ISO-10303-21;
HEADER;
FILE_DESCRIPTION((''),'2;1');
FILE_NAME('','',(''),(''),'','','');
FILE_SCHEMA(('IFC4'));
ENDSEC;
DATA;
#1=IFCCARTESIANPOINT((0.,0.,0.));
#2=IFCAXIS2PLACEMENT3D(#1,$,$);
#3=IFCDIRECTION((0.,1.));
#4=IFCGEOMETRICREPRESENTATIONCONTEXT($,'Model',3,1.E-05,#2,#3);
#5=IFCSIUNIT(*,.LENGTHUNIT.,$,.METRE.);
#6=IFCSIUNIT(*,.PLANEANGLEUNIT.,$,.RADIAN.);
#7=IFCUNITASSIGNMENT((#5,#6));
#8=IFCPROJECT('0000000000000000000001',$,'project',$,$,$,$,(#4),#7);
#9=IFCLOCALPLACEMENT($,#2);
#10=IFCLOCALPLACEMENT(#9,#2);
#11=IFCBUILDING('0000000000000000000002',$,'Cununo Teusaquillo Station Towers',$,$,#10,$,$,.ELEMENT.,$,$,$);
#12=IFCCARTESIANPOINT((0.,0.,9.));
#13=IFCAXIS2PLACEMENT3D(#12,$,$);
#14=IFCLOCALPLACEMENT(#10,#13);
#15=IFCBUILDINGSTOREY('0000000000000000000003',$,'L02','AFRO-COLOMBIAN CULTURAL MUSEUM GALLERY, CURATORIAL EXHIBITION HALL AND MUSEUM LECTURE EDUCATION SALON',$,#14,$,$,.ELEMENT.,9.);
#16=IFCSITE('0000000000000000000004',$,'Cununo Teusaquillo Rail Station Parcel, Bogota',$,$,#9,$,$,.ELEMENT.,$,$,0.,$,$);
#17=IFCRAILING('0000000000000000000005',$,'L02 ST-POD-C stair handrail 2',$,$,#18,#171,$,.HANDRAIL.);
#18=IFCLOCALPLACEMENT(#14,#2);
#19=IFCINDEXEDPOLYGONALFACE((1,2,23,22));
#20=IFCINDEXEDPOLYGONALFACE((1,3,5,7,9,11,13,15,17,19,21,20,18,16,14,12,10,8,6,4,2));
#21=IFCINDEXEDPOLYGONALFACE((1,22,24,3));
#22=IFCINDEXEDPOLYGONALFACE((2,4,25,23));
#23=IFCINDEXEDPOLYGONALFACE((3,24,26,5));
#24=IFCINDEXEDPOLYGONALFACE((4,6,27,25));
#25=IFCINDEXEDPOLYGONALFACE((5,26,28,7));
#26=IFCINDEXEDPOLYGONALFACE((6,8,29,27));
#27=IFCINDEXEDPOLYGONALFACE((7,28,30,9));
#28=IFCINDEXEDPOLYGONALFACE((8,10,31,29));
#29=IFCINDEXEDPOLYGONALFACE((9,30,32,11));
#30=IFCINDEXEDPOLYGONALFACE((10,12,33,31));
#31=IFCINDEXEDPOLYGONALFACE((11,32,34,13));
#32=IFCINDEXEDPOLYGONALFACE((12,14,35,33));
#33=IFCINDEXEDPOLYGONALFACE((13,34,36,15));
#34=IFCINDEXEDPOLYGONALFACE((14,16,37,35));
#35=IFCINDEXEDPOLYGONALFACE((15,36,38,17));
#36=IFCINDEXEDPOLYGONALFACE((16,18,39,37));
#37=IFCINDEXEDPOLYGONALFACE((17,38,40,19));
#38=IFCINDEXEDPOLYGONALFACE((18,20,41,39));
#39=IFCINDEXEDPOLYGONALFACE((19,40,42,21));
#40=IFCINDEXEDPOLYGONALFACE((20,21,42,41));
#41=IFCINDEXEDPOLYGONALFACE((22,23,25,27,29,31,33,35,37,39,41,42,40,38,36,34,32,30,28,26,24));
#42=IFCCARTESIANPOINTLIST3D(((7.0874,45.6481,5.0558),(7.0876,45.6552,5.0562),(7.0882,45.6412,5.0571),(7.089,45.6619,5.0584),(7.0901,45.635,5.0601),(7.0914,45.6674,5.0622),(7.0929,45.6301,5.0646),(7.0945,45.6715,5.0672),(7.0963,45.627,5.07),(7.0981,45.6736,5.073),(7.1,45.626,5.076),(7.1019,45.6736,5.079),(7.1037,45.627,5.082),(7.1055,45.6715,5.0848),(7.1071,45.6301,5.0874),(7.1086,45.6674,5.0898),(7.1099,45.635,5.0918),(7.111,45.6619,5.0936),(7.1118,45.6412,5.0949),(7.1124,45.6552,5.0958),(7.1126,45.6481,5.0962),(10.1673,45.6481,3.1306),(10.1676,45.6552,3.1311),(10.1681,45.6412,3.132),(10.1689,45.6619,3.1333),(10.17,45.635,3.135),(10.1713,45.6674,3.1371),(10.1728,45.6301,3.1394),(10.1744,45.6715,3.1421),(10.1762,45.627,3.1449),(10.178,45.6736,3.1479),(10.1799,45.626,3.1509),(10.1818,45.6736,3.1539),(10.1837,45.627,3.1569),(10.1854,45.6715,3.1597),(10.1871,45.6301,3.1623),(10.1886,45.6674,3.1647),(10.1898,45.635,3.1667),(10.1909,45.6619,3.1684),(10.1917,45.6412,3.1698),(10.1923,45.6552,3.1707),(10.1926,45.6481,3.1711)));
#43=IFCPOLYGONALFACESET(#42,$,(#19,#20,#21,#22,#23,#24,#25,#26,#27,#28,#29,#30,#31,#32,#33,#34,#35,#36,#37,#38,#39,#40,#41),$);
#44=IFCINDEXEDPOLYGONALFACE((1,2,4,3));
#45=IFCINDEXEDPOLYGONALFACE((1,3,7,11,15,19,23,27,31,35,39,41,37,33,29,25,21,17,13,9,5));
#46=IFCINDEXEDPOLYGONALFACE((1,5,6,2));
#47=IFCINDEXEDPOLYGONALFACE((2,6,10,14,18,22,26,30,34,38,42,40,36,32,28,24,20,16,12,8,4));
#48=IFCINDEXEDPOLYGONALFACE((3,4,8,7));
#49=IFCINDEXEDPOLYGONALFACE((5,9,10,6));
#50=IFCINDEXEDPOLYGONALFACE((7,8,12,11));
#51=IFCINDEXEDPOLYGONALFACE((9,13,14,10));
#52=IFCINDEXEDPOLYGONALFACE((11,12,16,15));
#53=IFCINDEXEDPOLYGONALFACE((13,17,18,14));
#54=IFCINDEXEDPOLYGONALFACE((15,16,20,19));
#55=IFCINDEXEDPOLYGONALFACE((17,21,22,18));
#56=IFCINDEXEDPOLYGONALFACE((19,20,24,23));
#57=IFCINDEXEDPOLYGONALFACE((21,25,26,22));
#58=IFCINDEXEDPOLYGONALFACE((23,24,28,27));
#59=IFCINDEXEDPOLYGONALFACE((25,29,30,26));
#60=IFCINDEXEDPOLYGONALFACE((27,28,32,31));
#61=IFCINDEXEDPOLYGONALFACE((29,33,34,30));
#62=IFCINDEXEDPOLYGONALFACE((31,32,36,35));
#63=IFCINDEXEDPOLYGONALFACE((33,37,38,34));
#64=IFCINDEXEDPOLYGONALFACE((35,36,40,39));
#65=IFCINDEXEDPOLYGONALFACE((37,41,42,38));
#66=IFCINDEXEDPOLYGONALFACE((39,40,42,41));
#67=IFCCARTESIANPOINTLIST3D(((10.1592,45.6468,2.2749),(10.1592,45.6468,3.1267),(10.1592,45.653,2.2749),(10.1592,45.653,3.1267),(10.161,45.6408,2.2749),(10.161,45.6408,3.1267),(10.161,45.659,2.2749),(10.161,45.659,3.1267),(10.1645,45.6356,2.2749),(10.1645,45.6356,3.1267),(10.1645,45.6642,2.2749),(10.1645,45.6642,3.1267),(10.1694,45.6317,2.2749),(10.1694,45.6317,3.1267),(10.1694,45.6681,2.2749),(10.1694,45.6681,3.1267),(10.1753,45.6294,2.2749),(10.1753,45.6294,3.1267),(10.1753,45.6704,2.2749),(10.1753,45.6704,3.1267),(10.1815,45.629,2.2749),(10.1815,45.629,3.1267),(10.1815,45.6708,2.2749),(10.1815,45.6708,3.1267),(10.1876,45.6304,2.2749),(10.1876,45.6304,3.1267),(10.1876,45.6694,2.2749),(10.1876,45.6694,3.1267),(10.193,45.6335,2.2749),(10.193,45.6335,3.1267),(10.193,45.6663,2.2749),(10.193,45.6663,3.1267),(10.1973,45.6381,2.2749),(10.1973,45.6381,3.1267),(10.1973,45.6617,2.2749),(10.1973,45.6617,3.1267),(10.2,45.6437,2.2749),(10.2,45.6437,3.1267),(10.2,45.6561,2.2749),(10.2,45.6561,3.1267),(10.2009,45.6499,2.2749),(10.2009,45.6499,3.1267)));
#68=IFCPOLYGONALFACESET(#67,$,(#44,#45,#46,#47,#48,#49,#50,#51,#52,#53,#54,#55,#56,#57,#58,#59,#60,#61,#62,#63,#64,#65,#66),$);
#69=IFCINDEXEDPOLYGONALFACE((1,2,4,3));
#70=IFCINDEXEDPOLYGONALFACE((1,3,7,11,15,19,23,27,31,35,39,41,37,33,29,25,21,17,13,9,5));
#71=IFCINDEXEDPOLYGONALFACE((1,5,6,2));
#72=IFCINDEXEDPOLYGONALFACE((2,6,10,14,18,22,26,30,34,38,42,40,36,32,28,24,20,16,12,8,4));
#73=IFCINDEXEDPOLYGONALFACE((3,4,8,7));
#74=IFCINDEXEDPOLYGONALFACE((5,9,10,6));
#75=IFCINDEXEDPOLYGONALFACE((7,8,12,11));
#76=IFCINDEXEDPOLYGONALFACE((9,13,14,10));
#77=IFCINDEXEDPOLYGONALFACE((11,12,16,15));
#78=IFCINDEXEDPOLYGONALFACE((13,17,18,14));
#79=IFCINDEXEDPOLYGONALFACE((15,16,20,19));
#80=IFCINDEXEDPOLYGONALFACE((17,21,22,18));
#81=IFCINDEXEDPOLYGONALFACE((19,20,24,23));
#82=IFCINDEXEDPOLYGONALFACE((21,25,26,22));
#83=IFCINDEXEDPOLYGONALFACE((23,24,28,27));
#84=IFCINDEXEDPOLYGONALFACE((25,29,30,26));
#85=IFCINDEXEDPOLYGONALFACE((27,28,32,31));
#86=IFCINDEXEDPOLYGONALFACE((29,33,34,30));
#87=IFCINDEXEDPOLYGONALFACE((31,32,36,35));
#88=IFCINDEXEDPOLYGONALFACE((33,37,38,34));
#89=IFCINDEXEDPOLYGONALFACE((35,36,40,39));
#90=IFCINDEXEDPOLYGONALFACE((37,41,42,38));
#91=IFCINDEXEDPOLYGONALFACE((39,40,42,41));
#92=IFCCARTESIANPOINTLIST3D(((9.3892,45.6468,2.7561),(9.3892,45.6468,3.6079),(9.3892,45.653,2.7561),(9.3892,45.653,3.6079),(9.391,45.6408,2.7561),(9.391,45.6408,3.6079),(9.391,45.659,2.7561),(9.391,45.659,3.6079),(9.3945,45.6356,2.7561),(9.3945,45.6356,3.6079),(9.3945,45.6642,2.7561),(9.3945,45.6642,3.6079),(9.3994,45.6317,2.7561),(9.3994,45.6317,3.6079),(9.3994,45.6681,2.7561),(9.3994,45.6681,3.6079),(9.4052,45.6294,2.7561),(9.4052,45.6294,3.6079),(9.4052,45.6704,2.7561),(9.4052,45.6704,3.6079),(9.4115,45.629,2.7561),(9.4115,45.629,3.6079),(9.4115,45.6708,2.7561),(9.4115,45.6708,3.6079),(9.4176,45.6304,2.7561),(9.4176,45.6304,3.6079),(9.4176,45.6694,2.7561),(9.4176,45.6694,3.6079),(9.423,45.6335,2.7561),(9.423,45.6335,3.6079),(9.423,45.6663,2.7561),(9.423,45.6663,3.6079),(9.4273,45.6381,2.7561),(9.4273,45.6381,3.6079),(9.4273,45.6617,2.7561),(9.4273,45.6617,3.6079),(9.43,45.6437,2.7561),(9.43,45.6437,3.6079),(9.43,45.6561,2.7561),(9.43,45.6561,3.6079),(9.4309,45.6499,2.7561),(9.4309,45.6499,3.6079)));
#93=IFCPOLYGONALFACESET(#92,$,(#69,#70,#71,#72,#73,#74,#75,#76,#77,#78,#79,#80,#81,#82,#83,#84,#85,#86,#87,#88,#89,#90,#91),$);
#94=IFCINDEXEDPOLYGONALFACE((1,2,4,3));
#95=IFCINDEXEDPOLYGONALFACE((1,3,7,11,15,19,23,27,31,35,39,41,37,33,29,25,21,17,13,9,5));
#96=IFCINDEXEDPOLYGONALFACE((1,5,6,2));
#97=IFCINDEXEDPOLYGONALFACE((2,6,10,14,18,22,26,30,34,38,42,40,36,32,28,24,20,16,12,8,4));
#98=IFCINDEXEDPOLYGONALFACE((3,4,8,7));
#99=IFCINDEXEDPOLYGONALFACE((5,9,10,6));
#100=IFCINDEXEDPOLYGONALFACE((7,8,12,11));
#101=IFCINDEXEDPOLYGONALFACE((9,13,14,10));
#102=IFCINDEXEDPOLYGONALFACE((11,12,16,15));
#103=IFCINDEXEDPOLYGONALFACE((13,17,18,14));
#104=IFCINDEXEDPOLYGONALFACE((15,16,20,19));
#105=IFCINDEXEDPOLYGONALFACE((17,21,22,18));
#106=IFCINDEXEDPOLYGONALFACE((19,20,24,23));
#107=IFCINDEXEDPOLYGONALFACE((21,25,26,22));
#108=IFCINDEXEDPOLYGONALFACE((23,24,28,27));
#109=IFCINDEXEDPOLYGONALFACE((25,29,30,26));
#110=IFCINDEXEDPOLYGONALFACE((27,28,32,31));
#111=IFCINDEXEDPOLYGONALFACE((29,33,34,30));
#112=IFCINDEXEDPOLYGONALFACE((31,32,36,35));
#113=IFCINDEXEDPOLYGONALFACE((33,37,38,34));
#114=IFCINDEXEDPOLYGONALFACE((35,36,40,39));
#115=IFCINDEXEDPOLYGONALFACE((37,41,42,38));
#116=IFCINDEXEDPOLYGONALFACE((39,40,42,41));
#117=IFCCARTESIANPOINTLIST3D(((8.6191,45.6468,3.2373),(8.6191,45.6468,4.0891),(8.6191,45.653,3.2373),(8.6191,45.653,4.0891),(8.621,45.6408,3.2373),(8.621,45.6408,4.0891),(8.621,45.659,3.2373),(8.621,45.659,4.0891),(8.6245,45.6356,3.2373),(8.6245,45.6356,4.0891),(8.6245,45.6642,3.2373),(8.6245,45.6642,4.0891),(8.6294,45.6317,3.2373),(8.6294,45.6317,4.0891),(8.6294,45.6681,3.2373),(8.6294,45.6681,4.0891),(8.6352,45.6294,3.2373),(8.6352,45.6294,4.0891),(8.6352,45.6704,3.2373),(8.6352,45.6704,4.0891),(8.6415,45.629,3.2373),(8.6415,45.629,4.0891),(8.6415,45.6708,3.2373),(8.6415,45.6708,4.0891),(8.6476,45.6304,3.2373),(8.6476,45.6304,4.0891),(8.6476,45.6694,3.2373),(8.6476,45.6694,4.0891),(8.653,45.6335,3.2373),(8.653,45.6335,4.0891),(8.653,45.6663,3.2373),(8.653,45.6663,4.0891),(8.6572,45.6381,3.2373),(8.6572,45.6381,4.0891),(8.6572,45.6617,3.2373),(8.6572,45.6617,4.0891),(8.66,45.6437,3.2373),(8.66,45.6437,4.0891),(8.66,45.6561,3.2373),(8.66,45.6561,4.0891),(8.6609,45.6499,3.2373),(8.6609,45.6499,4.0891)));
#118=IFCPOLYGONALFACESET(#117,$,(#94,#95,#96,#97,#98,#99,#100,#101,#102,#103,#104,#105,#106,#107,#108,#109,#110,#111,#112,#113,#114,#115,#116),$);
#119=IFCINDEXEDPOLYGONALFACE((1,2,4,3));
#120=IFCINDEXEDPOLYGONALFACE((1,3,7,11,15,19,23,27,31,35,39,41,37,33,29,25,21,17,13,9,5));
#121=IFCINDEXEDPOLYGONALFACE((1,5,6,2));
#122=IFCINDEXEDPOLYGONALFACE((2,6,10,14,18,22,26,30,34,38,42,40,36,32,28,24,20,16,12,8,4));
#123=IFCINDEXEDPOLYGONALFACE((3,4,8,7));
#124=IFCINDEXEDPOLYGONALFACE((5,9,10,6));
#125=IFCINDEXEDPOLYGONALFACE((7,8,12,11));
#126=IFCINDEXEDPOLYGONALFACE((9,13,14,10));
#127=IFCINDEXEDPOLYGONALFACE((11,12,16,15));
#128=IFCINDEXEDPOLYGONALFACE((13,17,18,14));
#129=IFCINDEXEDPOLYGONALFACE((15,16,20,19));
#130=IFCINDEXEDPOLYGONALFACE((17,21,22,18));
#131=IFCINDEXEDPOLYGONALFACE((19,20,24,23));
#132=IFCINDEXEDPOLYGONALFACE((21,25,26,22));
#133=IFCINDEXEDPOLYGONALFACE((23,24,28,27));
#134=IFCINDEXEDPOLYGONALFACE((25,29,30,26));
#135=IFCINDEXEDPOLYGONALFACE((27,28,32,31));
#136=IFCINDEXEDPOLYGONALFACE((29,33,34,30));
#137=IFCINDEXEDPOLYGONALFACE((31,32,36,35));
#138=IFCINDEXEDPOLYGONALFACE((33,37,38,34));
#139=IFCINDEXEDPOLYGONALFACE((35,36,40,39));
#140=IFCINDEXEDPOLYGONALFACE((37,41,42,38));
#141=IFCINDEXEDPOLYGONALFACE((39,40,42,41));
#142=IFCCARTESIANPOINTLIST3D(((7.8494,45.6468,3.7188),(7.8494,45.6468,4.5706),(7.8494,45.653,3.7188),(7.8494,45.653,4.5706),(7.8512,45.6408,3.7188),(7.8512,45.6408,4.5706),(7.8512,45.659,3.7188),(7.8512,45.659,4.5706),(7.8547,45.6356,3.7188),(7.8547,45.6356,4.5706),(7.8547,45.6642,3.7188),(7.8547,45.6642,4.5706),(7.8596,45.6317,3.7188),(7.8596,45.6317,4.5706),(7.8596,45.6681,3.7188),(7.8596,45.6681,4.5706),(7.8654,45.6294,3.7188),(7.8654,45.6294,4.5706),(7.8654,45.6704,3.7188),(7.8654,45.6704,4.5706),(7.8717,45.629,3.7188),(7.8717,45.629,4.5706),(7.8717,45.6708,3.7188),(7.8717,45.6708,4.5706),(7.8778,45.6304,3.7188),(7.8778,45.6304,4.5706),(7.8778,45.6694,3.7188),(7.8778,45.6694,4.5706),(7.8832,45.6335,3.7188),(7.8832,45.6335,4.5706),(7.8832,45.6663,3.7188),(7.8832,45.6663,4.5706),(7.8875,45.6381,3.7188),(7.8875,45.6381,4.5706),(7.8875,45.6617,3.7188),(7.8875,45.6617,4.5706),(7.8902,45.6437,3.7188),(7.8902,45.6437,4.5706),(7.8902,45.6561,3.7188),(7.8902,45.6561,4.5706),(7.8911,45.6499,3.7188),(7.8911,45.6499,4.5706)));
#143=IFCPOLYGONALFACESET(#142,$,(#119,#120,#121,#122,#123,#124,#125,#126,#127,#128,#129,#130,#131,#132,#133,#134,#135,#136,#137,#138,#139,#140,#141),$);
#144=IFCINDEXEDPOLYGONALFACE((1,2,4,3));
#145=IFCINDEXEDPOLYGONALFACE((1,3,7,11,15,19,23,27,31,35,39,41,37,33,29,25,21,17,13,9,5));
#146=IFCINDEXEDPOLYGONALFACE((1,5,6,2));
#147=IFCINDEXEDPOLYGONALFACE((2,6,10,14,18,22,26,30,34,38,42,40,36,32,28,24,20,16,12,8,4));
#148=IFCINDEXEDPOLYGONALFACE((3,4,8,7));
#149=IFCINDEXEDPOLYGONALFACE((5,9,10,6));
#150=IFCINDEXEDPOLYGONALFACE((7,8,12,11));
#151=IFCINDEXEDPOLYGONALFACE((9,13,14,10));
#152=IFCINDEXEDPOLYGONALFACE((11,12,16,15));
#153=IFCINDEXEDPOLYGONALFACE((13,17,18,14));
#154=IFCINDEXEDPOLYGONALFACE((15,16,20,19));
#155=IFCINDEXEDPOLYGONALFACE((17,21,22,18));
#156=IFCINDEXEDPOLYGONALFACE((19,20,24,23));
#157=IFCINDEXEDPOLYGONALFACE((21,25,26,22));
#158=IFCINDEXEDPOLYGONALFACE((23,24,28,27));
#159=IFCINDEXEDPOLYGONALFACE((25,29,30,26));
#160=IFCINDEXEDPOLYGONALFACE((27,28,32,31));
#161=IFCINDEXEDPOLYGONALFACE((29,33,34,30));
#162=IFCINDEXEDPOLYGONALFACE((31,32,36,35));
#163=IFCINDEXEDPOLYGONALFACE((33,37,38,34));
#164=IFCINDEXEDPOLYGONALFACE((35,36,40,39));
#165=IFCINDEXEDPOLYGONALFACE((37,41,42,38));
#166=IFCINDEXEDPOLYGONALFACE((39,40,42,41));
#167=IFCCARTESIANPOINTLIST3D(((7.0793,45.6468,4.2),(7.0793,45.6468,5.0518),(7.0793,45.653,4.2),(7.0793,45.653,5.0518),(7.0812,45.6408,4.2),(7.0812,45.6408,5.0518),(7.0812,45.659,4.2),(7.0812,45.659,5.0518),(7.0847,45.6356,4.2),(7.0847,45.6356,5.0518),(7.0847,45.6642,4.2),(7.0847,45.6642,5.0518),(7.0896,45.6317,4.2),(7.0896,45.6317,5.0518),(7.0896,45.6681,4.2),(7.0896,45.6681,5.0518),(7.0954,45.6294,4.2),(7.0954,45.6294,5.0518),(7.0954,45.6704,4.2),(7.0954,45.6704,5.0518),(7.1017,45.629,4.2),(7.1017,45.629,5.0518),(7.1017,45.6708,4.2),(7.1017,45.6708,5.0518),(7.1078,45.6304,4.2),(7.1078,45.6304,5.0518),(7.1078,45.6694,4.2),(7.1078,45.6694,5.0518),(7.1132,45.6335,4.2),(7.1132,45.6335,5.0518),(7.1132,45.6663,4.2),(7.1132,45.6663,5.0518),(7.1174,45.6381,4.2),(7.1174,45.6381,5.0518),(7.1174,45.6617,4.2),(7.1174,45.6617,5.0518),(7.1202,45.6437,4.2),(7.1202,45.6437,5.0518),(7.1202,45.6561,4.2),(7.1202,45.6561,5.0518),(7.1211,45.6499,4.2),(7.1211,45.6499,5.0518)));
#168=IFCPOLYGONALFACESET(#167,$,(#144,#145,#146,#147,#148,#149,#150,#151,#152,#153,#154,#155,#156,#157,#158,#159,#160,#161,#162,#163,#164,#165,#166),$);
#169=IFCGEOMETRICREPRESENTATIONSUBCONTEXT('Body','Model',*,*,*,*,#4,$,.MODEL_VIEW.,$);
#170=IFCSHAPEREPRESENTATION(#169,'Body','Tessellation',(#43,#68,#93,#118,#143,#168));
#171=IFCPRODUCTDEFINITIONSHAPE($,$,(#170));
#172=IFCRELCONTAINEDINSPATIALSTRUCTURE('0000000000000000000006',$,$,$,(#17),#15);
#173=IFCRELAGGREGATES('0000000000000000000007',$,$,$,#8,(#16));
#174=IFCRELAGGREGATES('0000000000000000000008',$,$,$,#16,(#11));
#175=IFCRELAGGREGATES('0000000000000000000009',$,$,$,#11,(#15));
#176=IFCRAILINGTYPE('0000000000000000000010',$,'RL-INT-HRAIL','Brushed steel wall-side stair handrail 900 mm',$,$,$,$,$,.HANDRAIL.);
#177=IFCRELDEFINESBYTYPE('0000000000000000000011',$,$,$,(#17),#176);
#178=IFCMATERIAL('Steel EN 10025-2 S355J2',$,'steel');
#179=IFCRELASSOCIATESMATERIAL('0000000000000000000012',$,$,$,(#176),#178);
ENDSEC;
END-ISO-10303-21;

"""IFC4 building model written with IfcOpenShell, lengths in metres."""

from ifc_helpers import new_model, si_unit, direction, frame, origin, origin_2d, place, context, subcontext, project, spatial, circle, extrude, material, type_object, element, save


model = new_model("IFC4")

# Units and contexts
model_context = context("Model", 3, precision=1e-05, world=origin(), true_north=direction((0.0, 1.0)))
body_context = subcontext(model_context, "Body", "Model", "MODEL_VIEW")
ifc_project = project(units=[si_unit("LENGTHUNIT", "METRE"), si_unit("PLANEANGLEUNIT", "RADIAN")], contexts=[model_context])

# Site, building, storey
site_placement = place(None, origin())
site = spatial("IfcSite", under=ifc_project, at=site_placement, Name="Cununo Teusaquillo Rail Station Parcel, Bogota", CompositionType="ELEMENT", RefElevation=0.0)
building_placement = place(site_placement, origin())
building = spatial("IfcBuilding", under=site, at=building_placement, Name="Cununo Teusaquillo Station Towers", CompositionType="ELEMENT")
storey_placement = place(building_placement, frame((0.0, 0.0, 9.0)))
storey = spatial("IfcBuildingStorey", under=building, at=storey_placement, Name="L02", Description="AFRO-COLOMBIAN CULTURAL MUSEUM GALLERY, CURATORIAL EXHIBITION HALL AND MUSEUM LECTURE EDUCATION SALON", CompositionType="ELEMENT", Elevation=9.0)

# Railing
ifc_material_1 = material(Name="Steel EN 10025-2 S355J2", Category="steel")
railing_type_1 = type_object("IfcRailingType", Name="RL-INT-HRAIL", Description="Brushed steel wall-side stair handrail 900 mm", PredefinedType="HANDRAIL", material=ifc_material_1)
railing_1_placement = place(storey_placement, frame((10.1799, 45.6499, 2.2749)))
element("IfcRailing", 1, at=railing_1_placement, inside=storey, type_object=railing_type_1, Name="L02 ST-POD-C stair handrail 2", PredefinedType="HANDRAIL", context=body_context, shape_type="SweptSolid", body=[
    extrude(circle(Radius=0.0239, at=origin_2d()), frame((0.0, 0.0, 0.876), z_axis=(-0.847979, 0.0, 0.530029), x_axis=(0.0, -1.0, 0.0)), (0.0, 0.0, 1.0), 3.6321),
    extrude(circle(Radius=0.021, at=origin_2d()), origin(), (0.0, 0.0, 1.0), 0.8518),
    extrude(circle(Radius=0.021, at=origin_2d()), frame((-0.77, 0.0, 0.4812)), (0.0, 0.0, 1.0), 0.8518),
    extrude(circle(Radius=0.021, at=origin_2d()), frame((-1.54, 0.0, 0.9624)), (0.0, 0.0, 1.0), 0.8518),
    extrude(circle(Radius=0.021, at=origin_2d()), frame((-2.3098, 0.0, 1.4438)), (0.0, 0.0, 1.0), 0.8518),
    extrude(circle(Radius=0.021, at=origin_2d()), frame((-3.0798, 0.0, 1.925)), (0.0, 0.0, 1.0), 0.8518),
])

save(model, "model.ifc")
